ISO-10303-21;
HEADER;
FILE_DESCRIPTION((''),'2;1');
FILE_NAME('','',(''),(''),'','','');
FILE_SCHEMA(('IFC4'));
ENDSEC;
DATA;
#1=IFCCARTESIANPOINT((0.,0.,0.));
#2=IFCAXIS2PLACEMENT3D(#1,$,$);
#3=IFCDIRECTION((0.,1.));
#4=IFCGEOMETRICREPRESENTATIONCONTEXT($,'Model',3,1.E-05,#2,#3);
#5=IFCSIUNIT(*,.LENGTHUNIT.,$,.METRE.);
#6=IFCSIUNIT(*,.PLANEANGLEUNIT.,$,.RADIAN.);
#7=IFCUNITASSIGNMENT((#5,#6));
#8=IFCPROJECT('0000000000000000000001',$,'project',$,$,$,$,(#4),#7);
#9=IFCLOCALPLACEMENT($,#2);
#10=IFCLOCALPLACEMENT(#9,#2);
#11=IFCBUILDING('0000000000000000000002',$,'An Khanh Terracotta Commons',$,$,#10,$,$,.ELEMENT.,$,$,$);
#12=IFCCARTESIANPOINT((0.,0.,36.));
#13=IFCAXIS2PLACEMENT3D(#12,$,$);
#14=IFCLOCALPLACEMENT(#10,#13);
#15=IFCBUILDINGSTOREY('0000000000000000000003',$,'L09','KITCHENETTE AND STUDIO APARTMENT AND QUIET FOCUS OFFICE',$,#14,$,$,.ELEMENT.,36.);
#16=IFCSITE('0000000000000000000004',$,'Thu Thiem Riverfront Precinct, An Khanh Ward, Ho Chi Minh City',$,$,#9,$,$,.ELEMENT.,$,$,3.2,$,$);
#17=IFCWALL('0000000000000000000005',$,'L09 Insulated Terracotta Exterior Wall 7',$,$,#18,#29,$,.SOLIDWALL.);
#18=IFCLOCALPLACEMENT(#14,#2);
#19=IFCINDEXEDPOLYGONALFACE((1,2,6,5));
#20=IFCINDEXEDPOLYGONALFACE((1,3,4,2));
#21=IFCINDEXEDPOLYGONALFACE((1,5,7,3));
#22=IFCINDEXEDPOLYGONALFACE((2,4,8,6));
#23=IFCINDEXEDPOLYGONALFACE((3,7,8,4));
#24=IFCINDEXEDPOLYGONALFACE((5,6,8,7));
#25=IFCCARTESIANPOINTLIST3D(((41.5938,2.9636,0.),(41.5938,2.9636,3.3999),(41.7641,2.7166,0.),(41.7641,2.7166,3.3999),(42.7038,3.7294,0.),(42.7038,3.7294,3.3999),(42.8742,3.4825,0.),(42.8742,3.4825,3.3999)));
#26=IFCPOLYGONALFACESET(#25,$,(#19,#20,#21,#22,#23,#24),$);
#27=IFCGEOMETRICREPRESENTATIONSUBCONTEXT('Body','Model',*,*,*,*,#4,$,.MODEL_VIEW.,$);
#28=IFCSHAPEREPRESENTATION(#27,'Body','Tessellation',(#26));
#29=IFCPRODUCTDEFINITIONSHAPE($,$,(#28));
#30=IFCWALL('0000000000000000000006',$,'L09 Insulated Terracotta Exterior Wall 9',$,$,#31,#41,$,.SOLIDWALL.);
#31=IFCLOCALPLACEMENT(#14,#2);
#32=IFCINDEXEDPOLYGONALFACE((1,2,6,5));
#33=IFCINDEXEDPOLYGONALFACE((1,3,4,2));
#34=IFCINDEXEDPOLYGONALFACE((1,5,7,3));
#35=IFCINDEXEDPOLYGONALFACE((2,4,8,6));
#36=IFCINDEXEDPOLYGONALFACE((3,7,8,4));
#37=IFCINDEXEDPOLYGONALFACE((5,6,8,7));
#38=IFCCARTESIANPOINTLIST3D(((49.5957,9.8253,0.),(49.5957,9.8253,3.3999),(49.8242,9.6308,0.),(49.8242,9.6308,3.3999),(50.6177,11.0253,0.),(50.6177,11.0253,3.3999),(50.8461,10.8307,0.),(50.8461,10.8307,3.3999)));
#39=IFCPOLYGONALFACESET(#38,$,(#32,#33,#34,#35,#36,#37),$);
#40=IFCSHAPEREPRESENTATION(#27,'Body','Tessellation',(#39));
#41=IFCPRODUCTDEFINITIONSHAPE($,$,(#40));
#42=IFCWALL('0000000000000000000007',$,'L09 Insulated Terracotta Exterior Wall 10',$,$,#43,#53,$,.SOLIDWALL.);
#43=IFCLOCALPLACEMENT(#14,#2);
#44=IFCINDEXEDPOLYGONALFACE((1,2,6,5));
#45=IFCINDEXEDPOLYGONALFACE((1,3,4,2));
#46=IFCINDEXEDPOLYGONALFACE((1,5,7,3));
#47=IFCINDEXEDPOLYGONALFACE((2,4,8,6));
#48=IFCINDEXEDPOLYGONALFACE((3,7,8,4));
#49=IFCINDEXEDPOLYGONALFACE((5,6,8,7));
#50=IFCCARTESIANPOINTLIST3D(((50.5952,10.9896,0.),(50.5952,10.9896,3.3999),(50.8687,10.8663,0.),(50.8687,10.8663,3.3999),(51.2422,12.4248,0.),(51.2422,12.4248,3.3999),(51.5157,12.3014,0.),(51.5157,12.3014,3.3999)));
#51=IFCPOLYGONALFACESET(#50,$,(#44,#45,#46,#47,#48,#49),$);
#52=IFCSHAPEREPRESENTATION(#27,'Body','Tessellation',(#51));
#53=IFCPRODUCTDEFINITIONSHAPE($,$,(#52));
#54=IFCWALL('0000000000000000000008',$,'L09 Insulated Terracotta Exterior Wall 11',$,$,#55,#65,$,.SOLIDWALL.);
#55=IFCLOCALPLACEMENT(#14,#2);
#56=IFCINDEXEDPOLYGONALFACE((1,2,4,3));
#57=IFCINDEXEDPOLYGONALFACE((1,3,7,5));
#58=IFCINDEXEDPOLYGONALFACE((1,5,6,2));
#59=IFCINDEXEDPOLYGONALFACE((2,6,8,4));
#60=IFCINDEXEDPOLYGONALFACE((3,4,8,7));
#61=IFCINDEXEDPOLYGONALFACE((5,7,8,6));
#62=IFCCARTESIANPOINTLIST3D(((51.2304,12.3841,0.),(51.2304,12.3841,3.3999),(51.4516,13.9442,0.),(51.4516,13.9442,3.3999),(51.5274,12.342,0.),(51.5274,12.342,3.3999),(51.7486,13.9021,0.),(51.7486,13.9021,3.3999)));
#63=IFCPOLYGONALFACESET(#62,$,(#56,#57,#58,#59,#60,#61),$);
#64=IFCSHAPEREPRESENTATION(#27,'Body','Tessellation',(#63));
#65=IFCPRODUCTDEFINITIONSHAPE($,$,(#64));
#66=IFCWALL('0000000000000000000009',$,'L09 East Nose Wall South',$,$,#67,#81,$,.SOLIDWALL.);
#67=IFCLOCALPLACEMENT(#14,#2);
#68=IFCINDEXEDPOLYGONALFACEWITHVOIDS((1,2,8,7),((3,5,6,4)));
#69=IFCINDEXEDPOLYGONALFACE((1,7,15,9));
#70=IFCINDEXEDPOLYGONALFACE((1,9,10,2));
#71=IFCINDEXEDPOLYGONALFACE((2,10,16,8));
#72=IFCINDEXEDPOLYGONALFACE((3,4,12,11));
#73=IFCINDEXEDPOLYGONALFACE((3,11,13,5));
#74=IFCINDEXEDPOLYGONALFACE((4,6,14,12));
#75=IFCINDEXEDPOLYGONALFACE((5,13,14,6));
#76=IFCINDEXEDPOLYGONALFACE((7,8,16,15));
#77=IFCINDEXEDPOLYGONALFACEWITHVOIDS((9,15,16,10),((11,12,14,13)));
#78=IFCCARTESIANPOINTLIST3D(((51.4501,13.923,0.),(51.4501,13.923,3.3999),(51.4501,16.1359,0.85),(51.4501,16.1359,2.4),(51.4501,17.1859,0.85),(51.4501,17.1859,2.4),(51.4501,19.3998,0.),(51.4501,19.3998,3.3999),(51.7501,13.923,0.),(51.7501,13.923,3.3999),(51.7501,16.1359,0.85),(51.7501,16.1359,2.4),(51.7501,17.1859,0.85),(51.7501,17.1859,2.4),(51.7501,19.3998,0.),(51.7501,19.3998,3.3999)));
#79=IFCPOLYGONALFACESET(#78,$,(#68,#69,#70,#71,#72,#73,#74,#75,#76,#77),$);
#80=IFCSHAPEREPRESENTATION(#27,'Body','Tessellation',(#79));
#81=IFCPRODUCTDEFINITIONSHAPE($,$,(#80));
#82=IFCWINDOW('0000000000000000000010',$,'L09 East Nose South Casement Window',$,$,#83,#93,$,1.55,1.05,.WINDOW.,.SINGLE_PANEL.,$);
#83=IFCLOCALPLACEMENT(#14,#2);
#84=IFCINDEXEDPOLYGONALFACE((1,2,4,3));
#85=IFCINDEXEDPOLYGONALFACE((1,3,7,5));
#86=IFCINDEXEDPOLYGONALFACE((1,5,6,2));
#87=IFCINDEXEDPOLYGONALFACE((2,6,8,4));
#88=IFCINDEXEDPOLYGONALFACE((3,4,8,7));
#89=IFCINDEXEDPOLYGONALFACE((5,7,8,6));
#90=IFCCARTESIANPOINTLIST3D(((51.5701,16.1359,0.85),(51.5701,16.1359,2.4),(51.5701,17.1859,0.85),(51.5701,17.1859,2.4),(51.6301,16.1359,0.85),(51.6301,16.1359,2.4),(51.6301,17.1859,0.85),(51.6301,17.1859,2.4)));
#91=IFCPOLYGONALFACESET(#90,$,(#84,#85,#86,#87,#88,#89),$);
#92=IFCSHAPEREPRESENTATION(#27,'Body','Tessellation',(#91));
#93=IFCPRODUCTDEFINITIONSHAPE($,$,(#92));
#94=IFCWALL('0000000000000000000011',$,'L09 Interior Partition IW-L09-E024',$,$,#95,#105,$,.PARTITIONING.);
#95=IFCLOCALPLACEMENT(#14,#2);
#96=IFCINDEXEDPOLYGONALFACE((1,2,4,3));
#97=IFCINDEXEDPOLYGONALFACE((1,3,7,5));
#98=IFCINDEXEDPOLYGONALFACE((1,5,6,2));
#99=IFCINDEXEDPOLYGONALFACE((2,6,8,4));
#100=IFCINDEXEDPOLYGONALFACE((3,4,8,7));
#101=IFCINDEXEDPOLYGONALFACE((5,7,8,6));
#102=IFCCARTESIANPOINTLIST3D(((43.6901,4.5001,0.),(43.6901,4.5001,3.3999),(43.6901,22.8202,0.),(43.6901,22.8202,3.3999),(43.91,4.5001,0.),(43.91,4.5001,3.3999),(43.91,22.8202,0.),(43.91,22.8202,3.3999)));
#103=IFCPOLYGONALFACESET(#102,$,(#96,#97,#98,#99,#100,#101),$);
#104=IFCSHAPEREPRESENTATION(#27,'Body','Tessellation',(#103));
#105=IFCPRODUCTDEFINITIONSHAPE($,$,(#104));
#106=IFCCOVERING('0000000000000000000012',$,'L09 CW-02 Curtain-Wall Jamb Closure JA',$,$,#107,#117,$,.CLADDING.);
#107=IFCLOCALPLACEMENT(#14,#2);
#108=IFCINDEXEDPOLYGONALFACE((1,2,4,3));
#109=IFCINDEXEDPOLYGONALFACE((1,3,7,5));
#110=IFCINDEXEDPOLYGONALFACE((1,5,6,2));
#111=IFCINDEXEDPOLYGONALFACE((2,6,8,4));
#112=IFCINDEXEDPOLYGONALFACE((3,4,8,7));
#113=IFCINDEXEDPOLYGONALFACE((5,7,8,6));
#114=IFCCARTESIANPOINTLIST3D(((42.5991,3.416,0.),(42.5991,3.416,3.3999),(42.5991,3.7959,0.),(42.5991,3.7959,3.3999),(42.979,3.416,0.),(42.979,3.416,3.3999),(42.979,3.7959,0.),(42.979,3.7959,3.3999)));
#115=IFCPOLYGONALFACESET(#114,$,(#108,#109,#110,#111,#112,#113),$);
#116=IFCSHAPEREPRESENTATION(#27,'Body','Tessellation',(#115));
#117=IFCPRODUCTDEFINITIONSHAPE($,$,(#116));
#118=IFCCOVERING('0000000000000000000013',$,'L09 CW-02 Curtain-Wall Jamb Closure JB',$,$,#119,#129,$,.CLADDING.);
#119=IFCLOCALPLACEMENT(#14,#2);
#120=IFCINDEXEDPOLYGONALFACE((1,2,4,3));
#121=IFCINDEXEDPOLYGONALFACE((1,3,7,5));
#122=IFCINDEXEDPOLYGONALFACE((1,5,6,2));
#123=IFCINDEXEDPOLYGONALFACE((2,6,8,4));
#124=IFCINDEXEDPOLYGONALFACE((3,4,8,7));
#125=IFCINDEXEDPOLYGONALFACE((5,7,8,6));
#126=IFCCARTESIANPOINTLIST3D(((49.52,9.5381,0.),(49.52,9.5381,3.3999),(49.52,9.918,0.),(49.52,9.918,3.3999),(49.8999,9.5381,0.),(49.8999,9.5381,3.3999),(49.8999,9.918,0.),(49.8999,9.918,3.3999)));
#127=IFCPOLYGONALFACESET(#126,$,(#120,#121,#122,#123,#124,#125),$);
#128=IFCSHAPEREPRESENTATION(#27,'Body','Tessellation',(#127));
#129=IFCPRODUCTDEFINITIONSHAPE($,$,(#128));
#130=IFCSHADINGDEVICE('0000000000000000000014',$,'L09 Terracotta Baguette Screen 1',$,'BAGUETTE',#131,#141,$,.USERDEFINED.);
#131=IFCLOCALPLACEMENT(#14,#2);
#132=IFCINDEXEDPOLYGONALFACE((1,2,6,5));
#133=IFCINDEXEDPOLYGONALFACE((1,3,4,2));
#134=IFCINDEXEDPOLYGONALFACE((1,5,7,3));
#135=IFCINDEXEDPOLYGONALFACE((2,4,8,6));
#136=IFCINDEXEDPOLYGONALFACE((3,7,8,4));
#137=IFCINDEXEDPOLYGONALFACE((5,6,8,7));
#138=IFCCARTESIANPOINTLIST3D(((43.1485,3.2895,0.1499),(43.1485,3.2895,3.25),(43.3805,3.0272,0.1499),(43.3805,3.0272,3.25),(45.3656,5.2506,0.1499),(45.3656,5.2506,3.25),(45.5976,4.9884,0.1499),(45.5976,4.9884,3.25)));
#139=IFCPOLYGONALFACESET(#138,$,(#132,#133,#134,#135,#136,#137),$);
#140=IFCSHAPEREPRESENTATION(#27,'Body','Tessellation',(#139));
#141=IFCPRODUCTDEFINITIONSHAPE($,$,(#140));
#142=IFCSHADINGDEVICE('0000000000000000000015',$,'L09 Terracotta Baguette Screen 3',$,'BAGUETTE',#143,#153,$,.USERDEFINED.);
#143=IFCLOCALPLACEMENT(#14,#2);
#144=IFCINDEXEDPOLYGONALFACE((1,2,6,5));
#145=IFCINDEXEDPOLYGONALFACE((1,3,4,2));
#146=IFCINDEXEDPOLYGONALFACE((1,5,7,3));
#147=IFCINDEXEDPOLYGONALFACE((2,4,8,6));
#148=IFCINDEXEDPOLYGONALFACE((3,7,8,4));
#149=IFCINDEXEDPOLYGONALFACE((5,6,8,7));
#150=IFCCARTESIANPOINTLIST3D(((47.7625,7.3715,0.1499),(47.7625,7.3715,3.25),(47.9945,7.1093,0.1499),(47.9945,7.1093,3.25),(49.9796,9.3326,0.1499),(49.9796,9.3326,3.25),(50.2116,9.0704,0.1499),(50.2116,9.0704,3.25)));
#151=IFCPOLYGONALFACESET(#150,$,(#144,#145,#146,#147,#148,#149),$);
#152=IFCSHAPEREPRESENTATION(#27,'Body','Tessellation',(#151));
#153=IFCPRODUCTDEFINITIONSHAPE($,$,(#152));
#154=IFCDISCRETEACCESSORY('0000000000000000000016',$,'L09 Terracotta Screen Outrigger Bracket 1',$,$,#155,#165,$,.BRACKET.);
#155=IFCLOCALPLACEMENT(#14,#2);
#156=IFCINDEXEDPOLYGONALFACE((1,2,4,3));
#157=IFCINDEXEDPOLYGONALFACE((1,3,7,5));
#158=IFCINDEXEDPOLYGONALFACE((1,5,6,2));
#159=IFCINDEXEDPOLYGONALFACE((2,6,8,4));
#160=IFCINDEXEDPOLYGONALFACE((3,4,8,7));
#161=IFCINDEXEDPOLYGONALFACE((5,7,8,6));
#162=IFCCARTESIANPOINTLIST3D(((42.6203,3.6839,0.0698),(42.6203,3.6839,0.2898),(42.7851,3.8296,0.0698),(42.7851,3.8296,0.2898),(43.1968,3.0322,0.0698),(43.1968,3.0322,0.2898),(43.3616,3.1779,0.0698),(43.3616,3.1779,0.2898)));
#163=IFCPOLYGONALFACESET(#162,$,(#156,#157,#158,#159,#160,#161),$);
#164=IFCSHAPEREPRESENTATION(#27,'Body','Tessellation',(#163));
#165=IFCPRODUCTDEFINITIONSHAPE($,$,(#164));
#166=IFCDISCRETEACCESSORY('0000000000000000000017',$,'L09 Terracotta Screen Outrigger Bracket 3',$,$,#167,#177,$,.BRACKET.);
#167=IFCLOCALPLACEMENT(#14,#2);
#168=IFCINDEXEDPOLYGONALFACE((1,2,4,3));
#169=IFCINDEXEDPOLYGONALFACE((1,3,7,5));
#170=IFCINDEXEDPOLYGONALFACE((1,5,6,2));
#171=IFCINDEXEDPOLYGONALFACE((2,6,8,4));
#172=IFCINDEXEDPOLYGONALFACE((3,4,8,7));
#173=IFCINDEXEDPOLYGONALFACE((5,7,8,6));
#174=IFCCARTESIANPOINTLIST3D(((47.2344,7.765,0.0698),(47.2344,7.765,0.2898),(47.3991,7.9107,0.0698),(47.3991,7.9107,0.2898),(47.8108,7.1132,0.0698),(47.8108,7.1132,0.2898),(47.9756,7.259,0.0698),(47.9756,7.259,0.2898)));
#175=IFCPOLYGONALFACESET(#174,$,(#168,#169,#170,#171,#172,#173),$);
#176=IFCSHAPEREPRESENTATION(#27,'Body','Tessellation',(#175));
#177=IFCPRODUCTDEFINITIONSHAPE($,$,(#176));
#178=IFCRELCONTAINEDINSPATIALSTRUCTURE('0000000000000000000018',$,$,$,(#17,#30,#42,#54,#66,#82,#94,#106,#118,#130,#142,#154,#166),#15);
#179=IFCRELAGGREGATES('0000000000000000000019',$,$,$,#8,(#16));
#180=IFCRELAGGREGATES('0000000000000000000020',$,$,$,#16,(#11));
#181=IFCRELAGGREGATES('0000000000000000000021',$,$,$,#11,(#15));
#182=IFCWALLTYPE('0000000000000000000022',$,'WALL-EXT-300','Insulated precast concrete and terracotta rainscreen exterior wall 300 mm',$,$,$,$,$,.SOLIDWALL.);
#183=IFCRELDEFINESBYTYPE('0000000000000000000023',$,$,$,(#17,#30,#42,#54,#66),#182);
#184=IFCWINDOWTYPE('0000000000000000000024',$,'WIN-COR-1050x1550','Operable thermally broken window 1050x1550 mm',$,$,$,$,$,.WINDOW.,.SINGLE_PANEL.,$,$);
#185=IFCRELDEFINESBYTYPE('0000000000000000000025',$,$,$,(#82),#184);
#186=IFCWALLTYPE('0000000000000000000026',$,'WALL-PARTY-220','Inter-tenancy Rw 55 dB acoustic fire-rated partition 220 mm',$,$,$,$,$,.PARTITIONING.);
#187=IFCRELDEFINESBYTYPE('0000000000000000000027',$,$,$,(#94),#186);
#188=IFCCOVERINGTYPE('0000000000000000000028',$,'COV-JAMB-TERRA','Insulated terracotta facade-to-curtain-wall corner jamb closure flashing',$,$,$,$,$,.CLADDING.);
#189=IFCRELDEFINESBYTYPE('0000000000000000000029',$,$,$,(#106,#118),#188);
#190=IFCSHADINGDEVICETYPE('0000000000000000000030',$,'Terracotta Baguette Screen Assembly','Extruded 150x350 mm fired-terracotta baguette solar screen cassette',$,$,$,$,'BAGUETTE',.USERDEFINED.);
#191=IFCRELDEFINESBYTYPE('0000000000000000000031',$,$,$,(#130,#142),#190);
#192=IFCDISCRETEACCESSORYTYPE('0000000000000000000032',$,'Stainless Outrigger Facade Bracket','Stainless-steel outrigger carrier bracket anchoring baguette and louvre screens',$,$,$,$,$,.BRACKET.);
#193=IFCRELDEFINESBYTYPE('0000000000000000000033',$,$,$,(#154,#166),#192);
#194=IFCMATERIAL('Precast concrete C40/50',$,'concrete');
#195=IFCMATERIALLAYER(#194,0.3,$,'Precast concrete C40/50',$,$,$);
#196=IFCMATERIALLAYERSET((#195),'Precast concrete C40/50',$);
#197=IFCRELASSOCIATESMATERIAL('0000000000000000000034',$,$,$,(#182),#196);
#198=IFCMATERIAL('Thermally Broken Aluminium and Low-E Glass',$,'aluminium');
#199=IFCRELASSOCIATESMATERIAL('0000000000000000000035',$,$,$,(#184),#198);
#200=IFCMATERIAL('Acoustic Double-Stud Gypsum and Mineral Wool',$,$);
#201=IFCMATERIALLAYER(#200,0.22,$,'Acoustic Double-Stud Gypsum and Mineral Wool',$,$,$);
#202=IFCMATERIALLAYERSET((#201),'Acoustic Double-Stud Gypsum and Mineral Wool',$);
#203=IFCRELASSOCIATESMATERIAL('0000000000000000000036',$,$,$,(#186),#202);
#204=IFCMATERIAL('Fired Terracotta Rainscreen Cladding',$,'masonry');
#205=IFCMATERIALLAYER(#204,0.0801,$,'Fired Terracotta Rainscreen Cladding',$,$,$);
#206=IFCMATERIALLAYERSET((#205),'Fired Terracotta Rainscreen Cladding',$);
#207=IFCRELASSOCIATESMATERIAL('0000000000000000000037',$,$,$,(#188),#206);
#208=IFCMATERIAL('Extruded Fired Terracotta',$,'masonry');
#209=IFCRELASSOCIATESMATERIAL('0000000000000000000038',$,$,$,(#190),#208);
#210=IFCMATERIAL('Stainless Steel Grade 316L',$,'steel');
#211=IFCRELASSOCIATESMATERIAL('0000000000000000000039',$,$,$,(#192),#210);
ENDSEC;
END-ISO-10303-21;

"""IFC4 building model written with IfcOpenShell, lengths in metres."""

from ifc_helpers import new_model, si_unit, direction, frame, frame_2d, origin, origin_2d, place, context, subcontext, project, spatial, rectangle, extrude, material, layer, layer_set, type_object, element, fill, save


model = new_model("IFC4")

# Units and contexts
model_context = context("Model", 3, precision=1e-05, world=origin(), true_north=direction((0.0, 1.0)))
body_context = subcontext(model_context, "Body", "Model", "MODEL_VIEW")
ifc_project = project(units=[si_unit("LENGTHUNIT", "METRE"), si_unit("PLANEANGLEUNIT", "RADIAN")], contexts=[model_context])

# Site, building, storey
site_placement = place(None, origin())
site = spatial("IfcSite", under=ifc_project, at=site_placement, Name="Thu Thiem Riverfront Precinct, An Khanh Ward, Ho Chi Minh City", CompositionType="ELEMENT", RefElevation=3.2)
building_placement = place(site_placement, origin())
building = spatial("IfcBuilding", under=site, at=building_placement, Name="An Khanh Terracotta Commons", CompositionType="ELEMENT")
storey_placement = place(building_placement, frame((0.0, 0.0, 36.0)))
storey = spatial("IfcBuildingStorey", under=building, at=storey_placement, Name="L09", Description="KITCHENETTE AND STUDIO APARTMENT AND QUIET FOCUS OFFICE", CompositionType="ELEMENT", Elevation=36.0)

# Walls
ifc_material_1 = material(Name="Precast concrete C40/50", Category="concrete")
ifc_layer_1 = layer(ifc_material_1, 0.3, Name="Precast concrete C40/50")
ifc_layer_set_1 = layer_set([ifc_layer_1], Name="Precast concrete C40/50")
wall_type_1 = type_object("IfcWallType", Name="WALL-EXT-300", Description="Insulated precast concrete and terracotta rainscreen exterior wall 300 mm", PredefinedType="SOLIDWALL", material=ifc_layer_set_1)
wall_1_placement = place(storey_placement, frame((41.679, 2.8401, 0.0), z_axis=(0.0, 0.0, 1.0), x_axis=(0.823117, 0.567873, 0.0)))
element("IfcWall", 1, at=wall_1_placement, inside=storey, type_object=wall_type_1, Name="L09 Insulated Terracotta Exterior Wall 7", PredefinedType="SOLIDWALL", context=body_context, shape_type="SweptSolid", body=[
    extrude(rectangle(XDim=1.3486, YDim=0.3, at=frame_2d((0.6743, 0.0))), origin(), (0.0, 0.0, 1.0), 3.3999),
])
wall_2_placement = place(storey_placement, frame((49.71, 9.728, 0.0), z_axis=(0.0, 0.0, 1.0), x_axis=(0.64839, 0.761308, 0.0)))
element("IfcWall", 2, at=wall_2_placement, inside=storey, type_object=wall_type_1, Name="L09 Insulated Terracotta Exterior Wall 9", PredefinedType="SOLIDWALL", context=body_context, shape_type="SweptSolid", body=[
    extrude(rectangle(XDim=1.5762, YDim=0.3, at=frame_2d((0.7881, 0.0))), origin(), (0.0, 0.0, 1.0), 3.3999),
])
wall_3_placement = place(storey_placement, frame((50.7319, 10.928, 0.0), z_axis=(0.0, 0.0, 1.0), x_axis=(0.410997, 0.911637, 0.0)))
element("IfcWall", 3, at=wall_3_placement, inside=storey, type_object=wall_type_1, Name="L09 Insulated Terracotta Exterior Wall 10", PredefinedType="SOLIDWALL", context=body_context, shape_type="SweptSolid", body=[
    extrude(rectangle(XDim=1.5742, YDim=0.3, at=frame_2d((0.7871, 0.0))), origin(), (0.0, 0.0, 1.0), 3.3999),
])
wall_4_placement = place(storey_placement, frame((51.3789, 12.363, 0.0), z_axis=(0.0, 0.0, 1.0), x_axis=(0.14038, 0.990098, 0.0)))
element("IfcWall", 4, at=wall_4_placement, inside=storey, type_object=wall_type_1, Name="L09 Insulated Terracotta Exterior Wall 11", PredefinedType="SOLIDWALL", context=body_context, shape_type="SweptSolid", body=[
    extrude(rectangle(XDim=1.5757, YDim=0.3, at=frame_2d((0.7878, 0.0))), origin(), (0.0, 0.0, 1.0), 3.3999),
])

# Wall, opening, window
wall_5_placement = place(storey_placement, frame((51.6001, 13.9231, 0.0), z_axis=(0.0, 0.0, 1.0), x_axis=(0.0, 1.0, 0.0)))
wall_5 = element("IfcWall", 5, at=wall_5_placement, inside=storey, type_object=wall_type_1, Name="L09 East Nose Wall South", PredefinedType="SOLIDWALL", context=body_context, shape_type="SweptSolid", body=[
    extrude(rectangle(XDim=5.4768, YDim=0.3, at=frame_2d((2.7383, 0.0))), origin(), (0.0, 0.0, 1.0), 3.3999),
])
opening_1_placement = place(wall_5_placement, frame((2.2129, 0.0, 0.8501)))
opening_1 = element("IfcOpeningElement", 6, at=opening_1_placement, cuts=wall_5, PredefinedType="OPENING", context=body_context, shape_type="SweptSolid", body=[
    extrude(rectangle(XDim=1.05, YDim=1.55, at=frame_2d((0.5249, 0.7749))), frame((0.0, 0.1599, 0.0), z_axis=(0.0, -1.0, 0.0), x_axis=(1.0, 0.0, 0.0)), (0.0, 0.0, 1.0), 0.3201),
])
ifc_material_2 = material(Name="Thermally Broken Aluminium and Low-E Glass", Category="aluminium")
window_type = type_object("IfcWindowType", Name="WIN-COR-1050x1550", Description="Operable thermally broken window 1050x1550 mm", PartitioningType="SINGLE_PANEL", PredefinedType="WINDOW", material=ifc_material_2)
window_placement = place(opening_1_placement, origin())
window = element("IfcWindow", 7, at=window_placement, inside=storey, type_object=window_type, Name="L09 East Nose South Casement Window", OverallHeight=1.55, OverallWidth=1.05, PartitioningType="SINGLE_PANEL", PredefinedType="WINDOW", context=body_context, shape_type="SweptSolid", body=[
    extrude(rectangle(XDim=1.05, YDim=1.55, at=frame_2d((0.5249, 0.7749))), frame((0.0, 0.03, 0.0), z_axis=(0.0, -1.0, 0.0), x_axis=(1.0, 0.0, 0.0)), (0.0, 0.0, 1.0), 0.0601),
])
fill(opening_1, window)

# Wall
ifc_material_3 = material(Name="Acoustic Double-Stud Gypsum and Mineral Wool")
ifc_layer_2 = layer(ifc_material_3, 0.22, Name="Acoustic Double-Stud Gypsum and Mineral Wool")
ifc_layer_set_2 = layer_set([ifc_layer_2], Name="Acoustic Double-Stud Gypsum and Mineral Wool")
wall_type_2 = type_object("IfcWallType", Name="WALL-PARTY-220", Description="Inter-tenancy Rw 55 dB acoustic fire-rated partition 220 mm", PredefinedType="PARTITIONING", material=ifc_layer_set_2)
wall_6_placement = place(storey_placement, frame((43.8, 4.5, 0.0), z_axis=(0.0, 0.0, 1.0), x_axis=(0.0, 1.0, 0.0)))
element("IfcWall", 8, at=wall_6_placement, inside=storey, type_object=wall_type_2, Name="L09 Interior Partition IW-L09-E024", PredefinedType="PARTITIONING", context=body_context, shape_type="SweptSolid", body=[
    extrude(rectangle(XDim=18.3201, YDim=0.22, at=frame_2d((9.1602, 0.0))), origin(), (0.0, 0.0, 1.0), 3.3999),
])

# Coverings
ifc_material_4 = material(Name="Fired Terracotta Rainscreen Cladding", Category="masonry")
ifc_layer_3 = layer(ifc_material_4, 0.0801, Name="Fired Terracotta Rainscreen Cladding")
ifc_layer_set_3 = layer_set([ifc_layer_3], Name="Fired Terracotta Rainscreen Cladding")
covering_type = type_object("IfcCoveringType", Name="COV-JAMB-TERRA", Description="Insulated terracotta facade-to-curtain-wall corner jamb closure flashing", PredefinedType="CLADDING", material=ifc_layer_set_3)
for number, where, z_axis, x_axis, name in (
    (9, (42.7891, 3.606, 0.0), (0.0, 0.0, 1.0), (1.0, 0.0, 0.0), "L09 CW-02 Curtain-Wall Jamb Closure JA"),
    (10, (49.71, 9.728, 0.0), (0.0, 0.0, 1.0), (1.0, 0.0, 0.0), "L09 CW-02 Curtain-Wall Jamb Closure JB"),
):
    element("IfcCovering", number, at=place(storey_placement, frame(where, z_axis=z_axis, x_axis=x_axis)), inside=storey, type_object=covering_type, Name=name, PredefinedType="CLADDING", context=body_context, shape_type="SweptSolid", body=[
        extrude(rectangle(XDim=0.3799, YDim=0.3799, at=origin_2d()), origin(), (0.0, 0.0, 1.0), 3.3999),
    ])

# Shading devices
ifc_material_5 = material(Name="Extruded Fired Terracotta", Category="masonry")
shading_device_type = type_object("IfcShadingDeviceType", Name="Terracotta Baguette Screen Assembly", Description="Extruded 150x350 mm fired-terracotta baguette solar screen cassette", ElementType="BAGUETTE", PredefinedType="USERDEFINED", material=ifc_material_5)
for number, where, z_axis, x_axis, name in (
    (11, (44.373, 4.1389, 0.1499), (0.0, 0.0, 1.0), (0.749019, 0.662548, 0.0), "L09 Terracotta Baguette Screen 1"),
    (12, (48.9871, 8.2209, 0.1499), (0.0, 0.0, 1.0), (0.749019, 0.662548, 0.0), "L09 Terracotta Baguette Screen 3"),
):
    element("IfcShadingDevice", number, at=place(storey_placement, frame(where, z_axis=z_axis, x_axis=x_axis)), inside=storey, type_object=shading_device_type, Name=name, ObjectType="BAGUETTE", PredefinedType="USERDEFINED", context=body_context, shape_type="SweptSolid", body=[
        extrude(rectangle(XDim=2.96, YDim=0.3501, at=origin_2d()), origin(), (0.0, 0.0, 1.0), 3.1001),
    ])

# Discrete accessories
ifc_material_6 = material(Name="Stainless Steel Grade 316L", Category="steel")
discrete_accessory_type = type_object("IfcDiscreteAccessoryType", Name="Stainless Outrigger Facade Bracket", Description="Stainless-steel outrigger carrier bracket anchoring baguette and louvre screens", PredefinedType="BRACKET", material=ifc_material_6)
for number, where, z_axis, x_axis, name in (
    (13, (42.991, 3.4309, 0.0698), (0.0, 0.0, 1.0), (0.749019, 0.662548, 0.0), "L09 Terracotta Screen Outrigger Bracket 1"),
    (14, (47.605, 7.512, 0.0698), (0.0, 0.0, 1.0), (0.749019, 0.662548, 0.0), "L09 Terracotta Screen Outrigger Bracket 3"),
):
    element("IfcDiscreteAccessory", number, at=place(storey_placement, frame(where, z_axis=z_axis, x_axis=x_axis)), inside=storey, type_object=discrete_accessory_type, Name=name, PredefinedType="BRACKET", context=body_context, shape_type="SweptSolid", body=[
        extrude(rectangle(XDim=0.22, YDim=0.8701, at=origin_2d()), origin(), (0.0, 0.0, 1.0), 0.22),
    ])

save(model, "model.ifc")
